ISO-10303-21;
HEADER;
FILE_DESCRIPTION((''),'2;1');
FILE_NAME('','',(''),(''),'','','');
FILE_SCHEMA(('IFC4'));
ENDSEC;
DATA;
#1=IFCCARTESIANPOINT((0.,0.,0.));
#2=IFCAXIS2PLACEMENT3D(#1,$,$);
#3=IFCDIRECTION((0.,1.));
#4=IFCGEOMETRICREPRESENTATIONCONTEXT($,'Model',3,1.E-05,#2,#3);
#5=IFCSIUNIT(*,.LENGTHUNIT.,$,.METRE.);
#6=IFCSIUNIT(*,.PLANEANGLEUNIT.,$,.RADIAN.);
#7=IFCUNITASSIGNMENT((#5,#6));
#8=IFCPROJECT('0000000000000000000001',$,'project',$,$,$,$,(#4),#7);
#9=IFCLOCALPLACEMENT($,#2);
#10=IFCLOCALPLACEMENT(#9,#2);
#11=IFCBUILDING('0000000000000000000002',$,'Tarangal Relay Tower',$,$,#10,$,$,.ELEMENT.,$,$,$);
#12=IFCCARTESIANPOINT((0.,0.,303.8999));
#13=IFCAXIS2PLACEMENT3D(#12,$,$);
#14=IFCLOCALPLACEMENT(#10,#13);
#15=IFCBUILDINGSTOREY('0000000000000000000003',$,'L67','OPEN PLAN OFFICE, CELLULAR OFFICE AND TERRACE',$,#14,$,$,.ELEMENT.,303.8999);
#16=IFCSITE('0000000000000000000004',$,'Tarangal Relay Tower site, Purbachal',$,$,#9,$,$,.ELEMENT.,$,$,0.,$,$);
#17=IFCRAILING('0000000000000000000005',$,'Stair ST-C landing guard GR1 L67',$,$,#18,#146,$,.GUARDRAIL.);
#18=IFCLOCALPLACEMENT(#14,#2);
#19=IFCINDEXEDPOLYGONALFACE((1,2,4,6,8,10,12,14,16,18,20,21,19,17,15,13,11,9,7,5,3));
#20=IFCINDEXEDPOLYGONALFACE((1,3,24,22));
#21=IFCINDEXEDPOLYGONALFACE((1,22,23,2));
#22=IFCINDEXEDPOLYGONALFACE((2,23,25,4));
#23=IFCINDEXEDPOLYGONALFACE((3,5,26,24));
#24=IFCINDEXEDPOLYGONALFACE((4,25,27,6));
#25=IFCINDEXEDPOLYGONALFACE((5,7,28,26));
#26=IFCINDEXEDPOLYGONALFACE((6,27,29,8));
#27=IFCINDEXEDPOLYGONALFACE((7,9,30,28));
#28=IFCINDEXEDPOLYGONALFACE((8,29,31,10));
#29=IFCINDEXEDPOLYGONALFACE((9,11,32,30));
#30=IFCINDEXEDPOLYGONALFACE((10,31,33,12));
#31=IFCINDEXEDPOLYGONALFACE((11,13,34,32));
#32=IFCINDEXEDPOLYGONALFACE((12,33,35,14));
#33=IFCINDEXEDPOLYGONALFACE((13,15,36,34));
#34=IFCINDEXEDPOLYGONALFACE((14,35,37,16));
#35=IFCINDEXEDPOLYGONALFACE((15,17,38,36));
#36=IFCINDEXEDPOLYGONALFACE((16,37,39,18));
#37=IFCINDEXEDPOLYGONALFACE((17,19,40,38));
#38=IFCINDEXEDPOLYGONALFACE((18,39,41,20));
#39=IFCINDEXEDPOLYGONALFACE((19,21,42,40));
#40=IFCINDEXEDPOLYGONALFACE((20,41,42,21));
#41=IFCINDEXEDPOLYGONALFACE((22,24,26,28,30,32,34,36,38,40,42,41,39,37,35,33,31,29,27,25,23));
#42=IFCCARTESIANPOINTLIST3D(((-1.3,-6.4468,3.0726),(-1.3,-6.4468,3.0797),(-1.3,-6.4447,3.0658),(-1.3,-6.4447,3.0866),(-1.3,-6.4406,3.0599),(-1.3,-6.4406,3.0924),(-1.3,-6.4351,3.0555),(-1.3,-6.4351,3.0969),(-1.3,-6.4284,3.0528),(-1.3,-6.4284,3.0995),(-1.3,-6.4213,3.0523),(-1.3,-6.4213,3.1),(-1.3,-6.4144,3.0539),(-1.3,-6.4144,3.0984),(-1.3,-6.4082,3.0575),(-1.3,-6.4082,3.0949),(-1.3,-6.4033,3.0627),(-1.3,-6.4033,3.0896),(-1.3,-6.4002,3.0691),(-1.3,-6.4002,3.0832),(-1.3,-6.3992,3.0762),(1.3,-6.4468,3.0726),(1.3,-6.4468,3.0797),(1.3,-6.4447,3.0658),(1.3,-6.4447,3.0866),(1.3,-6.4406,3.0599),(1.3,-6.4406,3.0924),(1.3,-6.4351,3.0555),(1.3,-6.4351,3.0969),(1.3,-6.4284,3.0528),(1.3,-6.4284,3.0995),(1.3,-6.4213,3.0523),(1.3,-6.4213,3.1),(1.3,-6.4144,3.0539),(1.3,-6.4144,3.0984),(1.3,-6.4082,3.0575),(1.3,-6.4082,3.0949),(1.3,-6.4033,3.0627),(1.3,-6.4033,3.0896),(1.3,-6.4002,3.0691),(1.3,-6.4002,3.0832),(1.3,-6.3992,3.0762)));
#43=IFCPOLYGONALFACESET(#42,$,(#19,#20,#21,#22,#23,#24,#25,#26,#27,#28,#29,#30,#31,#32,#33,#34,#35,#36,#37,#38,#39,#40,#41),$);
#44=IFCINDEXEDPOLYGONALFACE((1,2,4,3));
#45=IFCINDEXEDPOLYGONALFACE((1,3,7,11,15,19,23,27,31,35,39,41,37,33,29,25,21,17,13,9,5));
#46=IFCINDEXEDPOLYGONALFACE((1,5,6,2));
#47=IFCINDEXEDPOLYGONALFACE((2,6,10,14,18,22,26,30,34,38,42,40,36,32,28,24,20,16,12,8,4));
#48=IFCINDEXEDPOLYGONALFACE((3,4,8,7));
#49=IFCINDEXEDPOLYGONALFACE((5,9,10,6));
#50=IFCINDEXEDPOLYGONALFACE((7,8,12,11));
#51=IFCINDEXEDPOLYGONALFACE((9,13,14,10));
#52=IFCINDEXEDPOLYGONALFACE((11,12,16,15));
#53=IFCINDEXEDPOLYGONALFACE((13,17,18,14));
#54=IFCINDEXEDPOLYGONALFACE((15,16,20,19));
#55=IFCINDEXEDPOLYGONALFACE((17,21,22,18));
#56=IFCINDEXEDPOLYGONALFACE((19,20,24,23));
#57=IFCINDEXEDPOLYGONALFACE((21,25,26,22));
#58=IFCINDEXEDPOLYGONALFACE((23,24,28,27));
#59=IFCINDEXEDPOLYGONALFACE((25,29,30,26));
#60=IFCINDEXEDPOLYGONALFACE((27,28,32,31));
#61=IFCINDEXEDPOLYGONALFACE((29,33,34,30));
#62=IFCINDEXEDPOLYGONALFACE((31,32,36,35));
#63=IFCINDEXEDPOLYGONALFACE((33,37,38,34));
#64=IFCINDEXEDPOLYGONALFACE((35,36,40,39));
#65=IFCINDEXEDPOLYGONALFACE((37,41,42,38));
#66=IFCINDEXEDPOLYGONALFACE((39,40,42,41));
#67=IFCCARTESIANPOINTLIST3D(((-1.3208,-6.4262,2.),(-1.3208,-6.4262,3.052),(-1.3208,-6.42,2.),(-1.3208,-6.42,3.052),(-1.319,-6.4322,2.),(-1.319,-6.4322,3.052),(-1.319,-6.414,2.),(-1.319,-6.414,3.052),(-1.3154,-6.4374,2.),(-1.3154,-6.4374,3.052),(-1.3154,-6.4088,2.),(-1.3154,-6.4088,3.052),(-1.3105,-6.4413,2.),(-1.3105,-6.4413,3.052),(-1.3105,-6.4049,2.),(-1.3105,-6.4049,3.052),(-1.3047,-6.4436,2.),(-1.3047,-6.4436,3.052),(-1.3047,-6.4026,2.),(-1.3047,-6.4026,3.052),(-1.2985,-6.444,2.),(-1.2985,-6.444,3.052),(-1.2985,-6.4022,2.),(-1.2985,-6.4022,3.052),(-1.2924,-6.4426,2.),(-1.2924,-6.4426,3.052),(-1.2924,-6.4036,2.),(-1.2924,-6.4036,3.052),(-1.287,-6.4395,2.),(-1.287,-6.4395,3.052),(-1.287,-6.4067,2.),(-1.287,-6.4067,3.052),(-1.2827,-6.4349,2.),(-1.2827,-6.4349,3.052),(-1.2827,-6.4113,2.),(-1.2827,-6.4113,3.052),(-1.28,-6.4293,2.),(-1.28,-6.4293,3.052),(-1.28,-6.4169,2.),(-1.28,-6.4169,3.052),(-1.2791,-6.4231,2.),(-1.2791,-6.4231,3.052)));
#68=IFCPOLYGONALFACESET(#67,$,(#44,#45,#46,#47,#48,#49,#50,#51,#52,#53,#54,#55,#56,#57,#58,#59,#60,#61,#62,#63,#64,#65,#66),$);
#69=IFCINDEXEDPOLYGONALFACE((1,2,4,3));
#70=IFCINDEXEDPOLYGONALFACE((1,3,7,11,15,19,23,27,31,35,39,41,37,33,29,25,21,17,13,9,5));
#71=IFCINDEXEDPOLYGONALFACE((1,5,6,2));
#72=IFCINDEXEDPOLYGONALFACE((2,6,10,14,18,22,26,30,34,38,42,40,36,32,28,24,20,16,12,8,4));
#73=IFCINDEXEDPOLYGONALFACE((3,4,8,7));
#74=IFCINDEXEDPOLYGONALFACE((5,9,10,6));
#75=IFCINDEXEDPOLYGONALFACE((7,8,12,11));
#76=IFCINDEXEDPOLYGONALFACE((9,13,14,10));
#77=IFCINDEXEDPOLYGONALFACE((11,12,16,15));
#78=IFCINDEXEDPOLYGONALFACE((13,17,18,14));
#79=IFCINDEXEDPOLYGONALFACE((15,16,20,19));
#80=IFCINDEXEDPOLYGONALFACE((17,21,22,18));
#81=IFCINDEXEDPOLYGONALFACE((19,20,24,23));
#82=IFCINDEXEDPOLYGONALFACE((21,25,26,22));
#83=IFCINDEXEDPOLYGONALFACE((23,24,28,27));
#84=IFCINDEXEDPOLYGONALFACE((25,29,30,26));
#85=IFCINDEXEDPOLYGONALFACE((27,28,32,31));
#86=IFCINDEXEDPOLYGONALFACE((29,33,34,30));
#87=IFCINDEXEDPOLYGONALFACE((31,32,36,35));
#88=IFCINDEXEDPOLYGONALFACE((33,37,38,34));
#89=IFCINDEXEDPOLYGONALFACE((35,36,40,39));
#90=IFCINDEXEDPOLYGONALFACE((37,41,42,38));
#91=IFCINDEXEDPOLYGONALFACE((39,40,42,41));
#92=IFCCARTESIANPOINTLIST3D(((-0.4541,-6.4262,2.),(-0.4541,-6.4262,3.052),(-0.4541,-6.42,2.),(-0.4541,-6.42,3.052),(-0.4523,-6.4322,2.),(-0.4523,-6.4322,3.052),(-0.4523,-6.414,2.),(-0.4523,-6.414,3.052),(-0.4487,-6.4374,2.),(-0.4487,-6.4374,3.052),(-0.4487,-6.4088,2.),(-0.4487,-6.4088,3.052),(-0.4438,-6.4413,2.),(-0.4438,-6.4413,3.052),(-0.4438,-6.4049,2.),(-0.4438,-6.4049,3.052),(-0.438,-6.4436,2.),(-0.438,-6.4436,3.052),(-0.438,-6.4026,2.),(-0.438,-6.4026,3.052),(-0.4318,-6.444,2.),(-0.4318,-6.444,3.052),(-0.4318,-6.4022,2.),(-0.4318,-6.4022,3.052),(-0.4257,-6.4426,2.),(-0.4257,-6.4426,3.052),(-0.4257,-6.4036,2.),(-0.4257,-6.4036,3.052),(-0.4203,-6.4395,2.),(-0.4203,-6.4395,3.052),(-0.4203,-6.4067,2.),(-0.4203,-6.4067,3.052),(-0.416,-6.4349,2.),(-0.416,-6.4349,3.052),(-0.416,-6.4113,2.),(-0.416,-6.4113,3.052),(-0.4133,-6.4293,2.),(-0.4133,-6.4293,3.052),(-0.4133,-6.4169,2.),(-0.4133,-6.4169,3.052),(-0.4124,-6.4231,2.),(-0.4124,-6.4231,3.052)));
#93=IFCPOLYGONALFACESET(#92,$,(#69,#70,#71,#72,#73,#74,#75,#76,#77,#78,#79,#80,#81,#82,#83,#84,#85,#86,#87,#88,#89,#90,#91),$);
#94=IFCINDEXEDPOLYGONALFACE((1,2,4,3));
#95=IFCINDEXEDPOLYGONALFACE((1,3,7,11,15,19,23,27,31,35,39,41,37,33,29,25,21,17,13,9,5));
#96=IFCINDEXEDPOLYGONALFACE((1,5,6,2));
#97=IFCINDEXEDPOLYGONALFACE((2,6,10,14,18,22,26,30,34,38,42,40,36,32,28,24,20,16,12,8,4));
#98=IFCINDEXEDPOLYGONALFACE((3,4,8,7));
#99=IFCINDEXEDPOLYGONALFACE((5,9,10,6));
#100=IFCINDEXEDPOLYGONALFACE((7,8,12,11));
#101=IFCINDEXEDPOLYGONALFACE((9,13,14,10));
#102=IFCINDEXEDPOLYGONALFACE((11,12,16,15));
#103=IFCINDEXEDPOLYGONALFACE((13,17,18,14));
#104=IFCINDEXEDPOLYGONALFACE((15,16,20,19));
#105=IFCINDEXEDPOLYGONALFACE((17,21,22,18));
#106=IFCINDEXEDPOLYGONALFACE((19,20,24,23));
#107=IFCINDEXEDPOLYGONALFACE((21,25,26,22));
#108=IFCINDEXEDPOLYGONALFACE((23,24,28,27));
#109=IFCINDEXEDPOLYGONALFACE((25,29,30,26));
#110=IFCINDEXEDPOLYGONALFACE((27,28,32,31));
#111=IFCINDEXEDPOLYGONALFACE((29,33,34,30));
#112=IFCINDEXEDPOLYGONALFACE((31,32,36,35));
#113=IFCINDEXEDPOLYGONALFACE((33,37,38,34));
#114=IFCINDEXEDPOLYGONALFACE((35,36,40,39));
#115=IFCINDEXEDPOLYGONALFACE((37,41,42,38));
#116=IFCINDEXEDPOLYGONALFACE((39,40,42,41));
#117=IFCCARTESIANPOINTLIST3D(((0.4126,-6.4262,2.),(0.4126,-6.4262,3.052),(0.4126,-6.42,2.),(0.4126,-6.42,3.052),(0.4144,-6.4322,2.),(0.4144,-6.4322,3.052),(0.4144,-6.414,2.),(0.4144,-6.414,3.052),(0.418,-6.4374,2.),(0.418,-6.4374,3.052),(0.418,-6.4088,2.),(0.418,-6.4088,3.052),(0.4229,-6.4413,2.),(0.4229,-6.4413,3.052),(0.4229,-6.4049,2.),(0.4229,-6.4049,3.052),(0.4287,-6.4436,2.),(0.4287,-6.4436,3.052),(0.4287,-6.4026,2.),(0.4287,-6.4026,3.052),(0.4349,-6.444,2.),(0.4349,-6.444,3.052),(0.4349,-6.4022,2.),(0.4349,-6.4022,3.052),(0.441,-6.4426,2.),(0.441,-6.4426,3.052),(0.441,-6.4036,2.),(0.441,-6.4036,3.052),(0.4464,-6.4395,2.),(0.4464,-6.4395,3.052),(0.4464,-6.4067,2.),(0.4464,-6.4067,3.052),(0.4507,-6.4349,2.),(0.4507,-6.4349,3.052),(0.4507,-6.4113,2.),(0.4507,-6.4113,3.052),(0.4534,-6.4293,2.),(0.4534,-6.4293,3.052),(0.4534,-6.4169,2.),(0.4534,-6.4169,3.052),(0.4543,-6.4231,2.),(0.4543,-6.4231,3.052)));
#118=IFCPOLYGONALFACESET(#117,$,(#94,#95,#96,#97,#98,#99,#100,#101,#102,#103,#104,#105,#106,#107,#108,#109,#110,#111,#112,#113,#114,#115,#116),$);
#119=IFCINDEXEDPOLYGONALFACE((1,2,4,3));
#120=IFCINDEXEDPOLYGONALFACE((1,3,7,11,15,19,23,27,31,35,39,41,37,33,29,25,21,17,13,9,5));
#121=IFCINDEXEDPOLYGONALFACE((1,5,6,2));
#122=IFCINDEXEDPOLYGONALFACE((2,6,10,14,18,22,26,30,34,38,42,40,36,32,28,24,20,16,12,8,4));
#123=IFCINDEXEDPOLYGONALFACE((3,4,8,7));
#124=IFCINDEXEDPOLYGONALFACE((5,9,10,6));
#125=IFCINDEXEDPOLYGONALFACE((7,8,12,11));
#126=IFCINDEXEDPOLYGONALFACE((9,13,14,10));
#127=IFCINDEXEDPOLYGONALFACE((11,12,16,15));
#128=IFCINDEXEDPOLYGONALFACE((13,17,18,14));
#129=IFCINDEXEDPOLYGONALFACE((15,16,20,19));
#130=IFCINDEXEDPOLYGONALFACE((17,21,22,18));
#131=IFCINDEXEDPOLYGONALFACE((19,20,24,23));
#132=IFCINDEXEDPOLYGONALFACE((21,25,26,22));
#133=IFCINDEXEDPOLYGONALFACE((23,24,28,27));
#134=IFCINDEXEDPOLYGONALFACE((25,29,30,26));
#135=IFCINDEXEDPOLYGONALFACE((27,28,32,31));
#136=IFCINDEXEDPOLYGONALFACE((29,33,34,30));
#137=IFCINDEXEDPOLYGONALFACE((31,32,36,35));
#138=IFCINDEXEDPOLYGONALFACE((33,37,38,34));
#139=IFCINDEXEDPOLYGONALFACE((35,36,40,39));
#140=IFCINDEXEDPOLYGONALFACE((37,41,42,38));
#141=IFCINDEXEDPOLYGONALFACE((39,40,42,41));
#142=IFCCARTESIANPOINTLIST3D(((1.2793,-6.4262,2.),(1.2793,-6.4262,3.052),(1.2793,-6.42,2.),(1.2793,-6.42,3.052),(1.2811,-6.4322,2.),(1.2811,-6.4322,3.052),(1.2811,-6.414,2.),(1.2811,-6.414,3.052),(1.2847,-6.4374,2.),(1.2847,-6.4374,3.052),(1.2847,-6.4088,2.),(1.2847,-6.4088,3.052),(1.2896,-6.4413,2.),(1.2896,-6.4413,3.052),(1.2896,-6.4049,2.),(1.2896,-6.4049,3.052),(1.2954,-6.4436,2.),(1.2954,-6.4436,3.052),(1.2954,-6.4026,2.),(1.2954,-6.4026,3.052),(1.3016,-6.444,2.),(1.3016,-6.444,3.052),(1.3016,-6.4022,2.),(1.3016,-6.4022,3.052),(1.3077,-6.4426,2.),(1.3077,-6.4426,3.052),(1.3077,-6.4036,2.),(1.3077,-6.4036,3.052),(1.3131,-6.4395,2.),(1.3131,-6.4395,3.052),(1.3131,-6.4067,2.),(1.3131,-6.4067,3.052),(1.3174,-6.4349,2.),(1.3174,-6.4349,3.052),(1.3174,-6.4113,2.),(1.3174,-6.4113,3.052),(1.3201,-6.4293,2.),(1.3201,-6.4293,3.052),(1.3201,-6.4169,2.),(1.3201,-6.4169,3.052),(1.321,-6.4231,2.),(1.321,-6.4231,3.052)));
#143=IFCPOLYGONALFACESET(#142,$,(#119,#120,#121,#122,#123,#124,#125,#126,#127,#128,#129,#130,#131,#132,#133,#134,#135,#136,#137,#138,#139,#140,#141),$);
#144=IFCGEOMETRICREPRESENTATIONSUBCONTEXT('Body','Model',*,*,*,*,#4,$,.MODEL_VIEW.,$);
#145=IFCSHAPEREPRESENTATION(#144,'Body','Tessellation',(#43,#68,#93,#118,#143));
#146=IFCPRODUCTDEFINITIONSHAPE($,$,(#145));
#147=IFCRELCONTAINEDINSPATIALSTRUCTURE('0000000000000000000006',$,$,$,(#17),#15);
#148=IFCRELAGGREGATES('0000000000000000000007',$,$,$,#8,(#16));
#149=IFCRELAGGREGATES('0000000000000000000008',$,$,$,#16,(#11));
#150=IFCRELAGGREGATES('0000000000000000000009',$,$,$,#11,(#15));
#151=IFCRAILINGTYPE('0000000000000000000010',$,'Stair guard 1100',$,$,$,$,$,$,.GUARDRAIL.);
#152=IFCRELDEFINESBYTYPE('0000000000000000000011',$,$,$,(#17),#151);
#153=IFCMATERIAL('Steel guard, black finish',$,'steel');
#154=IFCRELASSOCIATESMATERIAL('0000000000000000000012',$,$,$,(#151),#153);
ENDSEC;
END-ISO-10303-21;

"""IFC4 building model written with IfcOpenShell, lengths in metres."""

from ifc_helpers import new_model, si_unit, direction, frame, origin, origin_2d, place, context, subcontext, project, spatial, circle, extrude, material, type_object, element, save


model = new_model("IFC4")

# Units and contexts
model_context = context("Model", 3, precision=1e-05, world=origin(), true_north=direction((0.0, 1.0)))
body_context = subcontext(model_context, "Body", "Model", "MODEL_VIEW")
ifc_project = project(units=[si_unit("LENGTHUNIT", "METRE"), si_unit("PLANEANGLEUNIT", "RADIAN")], contexts=[model_context])

# Site, building, storey
site_placement = place(None, origin())
site = spatial("IfcSite", under=ifc_project, at=site_placement, Name="Tarangal Relay Tower site, Purbachal", CompositionType="ELEMENT", RefElevation=0.0)
building_placement = place(site_placement, origin())
building = spatial("IfcBuilding", under=site, at=building_placement, Name="Tarangal Relay Tower", CompositionType="ELEMENT")
storey_placement = place(building_placement, frame((0.0, 0.0, 303.8999)))
storey = spatial("IfcBuildingStorey", under=building, at=storey_placement, Name="L67", Description="OPEN PLAN OFFICE, CELLULAR OFFICE AND TERRACE", CompositionType="ELEMENT", Elevation=303.8999)

# Railing
ifc_material_1 = material(Name="Steel guard, black finish", Category="steel")
railing_type_1 = type_object("IfcRailingType", Name="Stair guard 1100", PredefinedType="GUARDRAIL", material=ifc_material_1)
for number, where, name in (
    (1, (-1.3, -6.4231, 2.0), "Stair ST-C landing guard GR1 L67"),
):
    element("IfcRailing", number, at=place(storey_placement, frame(where)), inside=storey, type_object=railing_type_1, Name=name, PredefinedType="GUARDRAIL", context=body_context, shape_type="SweptSolid", body=[
        extrude(circle(Radius=0.0239, at=origin_2d()), frame((0.0, 0.0, 1.0762), z_axis=(1.0, 0.0, 0.0), x_axis=(0.0, 1.0, 0.0)), (0.0, 0.0, 1.0), 2.6001),
        extrude(circle(Radius=0.021, at=origin_2d()), origin(), (0.0, 0.0, 1.0), 1.052),
        extrude(circle(Radius=0.021, at=origin_2d()), frame((0.8667, 0.0, 0.0)), (0.0, 0.0, 1.0), 1.052),
        extrude(circle(Radius=0.021, at=origin_2d()), frame((1.7334, 0.0, 0.0)), (0.0, 0.0, 1.0), 1.052),
        extrude(circle(Radius=0.021, at=origin_2d()), frame((2.6001, 0.0, 0.0)), (0.0, 0.0, 1.0), 1.052),
    ])

save(model, "model.ifc")
